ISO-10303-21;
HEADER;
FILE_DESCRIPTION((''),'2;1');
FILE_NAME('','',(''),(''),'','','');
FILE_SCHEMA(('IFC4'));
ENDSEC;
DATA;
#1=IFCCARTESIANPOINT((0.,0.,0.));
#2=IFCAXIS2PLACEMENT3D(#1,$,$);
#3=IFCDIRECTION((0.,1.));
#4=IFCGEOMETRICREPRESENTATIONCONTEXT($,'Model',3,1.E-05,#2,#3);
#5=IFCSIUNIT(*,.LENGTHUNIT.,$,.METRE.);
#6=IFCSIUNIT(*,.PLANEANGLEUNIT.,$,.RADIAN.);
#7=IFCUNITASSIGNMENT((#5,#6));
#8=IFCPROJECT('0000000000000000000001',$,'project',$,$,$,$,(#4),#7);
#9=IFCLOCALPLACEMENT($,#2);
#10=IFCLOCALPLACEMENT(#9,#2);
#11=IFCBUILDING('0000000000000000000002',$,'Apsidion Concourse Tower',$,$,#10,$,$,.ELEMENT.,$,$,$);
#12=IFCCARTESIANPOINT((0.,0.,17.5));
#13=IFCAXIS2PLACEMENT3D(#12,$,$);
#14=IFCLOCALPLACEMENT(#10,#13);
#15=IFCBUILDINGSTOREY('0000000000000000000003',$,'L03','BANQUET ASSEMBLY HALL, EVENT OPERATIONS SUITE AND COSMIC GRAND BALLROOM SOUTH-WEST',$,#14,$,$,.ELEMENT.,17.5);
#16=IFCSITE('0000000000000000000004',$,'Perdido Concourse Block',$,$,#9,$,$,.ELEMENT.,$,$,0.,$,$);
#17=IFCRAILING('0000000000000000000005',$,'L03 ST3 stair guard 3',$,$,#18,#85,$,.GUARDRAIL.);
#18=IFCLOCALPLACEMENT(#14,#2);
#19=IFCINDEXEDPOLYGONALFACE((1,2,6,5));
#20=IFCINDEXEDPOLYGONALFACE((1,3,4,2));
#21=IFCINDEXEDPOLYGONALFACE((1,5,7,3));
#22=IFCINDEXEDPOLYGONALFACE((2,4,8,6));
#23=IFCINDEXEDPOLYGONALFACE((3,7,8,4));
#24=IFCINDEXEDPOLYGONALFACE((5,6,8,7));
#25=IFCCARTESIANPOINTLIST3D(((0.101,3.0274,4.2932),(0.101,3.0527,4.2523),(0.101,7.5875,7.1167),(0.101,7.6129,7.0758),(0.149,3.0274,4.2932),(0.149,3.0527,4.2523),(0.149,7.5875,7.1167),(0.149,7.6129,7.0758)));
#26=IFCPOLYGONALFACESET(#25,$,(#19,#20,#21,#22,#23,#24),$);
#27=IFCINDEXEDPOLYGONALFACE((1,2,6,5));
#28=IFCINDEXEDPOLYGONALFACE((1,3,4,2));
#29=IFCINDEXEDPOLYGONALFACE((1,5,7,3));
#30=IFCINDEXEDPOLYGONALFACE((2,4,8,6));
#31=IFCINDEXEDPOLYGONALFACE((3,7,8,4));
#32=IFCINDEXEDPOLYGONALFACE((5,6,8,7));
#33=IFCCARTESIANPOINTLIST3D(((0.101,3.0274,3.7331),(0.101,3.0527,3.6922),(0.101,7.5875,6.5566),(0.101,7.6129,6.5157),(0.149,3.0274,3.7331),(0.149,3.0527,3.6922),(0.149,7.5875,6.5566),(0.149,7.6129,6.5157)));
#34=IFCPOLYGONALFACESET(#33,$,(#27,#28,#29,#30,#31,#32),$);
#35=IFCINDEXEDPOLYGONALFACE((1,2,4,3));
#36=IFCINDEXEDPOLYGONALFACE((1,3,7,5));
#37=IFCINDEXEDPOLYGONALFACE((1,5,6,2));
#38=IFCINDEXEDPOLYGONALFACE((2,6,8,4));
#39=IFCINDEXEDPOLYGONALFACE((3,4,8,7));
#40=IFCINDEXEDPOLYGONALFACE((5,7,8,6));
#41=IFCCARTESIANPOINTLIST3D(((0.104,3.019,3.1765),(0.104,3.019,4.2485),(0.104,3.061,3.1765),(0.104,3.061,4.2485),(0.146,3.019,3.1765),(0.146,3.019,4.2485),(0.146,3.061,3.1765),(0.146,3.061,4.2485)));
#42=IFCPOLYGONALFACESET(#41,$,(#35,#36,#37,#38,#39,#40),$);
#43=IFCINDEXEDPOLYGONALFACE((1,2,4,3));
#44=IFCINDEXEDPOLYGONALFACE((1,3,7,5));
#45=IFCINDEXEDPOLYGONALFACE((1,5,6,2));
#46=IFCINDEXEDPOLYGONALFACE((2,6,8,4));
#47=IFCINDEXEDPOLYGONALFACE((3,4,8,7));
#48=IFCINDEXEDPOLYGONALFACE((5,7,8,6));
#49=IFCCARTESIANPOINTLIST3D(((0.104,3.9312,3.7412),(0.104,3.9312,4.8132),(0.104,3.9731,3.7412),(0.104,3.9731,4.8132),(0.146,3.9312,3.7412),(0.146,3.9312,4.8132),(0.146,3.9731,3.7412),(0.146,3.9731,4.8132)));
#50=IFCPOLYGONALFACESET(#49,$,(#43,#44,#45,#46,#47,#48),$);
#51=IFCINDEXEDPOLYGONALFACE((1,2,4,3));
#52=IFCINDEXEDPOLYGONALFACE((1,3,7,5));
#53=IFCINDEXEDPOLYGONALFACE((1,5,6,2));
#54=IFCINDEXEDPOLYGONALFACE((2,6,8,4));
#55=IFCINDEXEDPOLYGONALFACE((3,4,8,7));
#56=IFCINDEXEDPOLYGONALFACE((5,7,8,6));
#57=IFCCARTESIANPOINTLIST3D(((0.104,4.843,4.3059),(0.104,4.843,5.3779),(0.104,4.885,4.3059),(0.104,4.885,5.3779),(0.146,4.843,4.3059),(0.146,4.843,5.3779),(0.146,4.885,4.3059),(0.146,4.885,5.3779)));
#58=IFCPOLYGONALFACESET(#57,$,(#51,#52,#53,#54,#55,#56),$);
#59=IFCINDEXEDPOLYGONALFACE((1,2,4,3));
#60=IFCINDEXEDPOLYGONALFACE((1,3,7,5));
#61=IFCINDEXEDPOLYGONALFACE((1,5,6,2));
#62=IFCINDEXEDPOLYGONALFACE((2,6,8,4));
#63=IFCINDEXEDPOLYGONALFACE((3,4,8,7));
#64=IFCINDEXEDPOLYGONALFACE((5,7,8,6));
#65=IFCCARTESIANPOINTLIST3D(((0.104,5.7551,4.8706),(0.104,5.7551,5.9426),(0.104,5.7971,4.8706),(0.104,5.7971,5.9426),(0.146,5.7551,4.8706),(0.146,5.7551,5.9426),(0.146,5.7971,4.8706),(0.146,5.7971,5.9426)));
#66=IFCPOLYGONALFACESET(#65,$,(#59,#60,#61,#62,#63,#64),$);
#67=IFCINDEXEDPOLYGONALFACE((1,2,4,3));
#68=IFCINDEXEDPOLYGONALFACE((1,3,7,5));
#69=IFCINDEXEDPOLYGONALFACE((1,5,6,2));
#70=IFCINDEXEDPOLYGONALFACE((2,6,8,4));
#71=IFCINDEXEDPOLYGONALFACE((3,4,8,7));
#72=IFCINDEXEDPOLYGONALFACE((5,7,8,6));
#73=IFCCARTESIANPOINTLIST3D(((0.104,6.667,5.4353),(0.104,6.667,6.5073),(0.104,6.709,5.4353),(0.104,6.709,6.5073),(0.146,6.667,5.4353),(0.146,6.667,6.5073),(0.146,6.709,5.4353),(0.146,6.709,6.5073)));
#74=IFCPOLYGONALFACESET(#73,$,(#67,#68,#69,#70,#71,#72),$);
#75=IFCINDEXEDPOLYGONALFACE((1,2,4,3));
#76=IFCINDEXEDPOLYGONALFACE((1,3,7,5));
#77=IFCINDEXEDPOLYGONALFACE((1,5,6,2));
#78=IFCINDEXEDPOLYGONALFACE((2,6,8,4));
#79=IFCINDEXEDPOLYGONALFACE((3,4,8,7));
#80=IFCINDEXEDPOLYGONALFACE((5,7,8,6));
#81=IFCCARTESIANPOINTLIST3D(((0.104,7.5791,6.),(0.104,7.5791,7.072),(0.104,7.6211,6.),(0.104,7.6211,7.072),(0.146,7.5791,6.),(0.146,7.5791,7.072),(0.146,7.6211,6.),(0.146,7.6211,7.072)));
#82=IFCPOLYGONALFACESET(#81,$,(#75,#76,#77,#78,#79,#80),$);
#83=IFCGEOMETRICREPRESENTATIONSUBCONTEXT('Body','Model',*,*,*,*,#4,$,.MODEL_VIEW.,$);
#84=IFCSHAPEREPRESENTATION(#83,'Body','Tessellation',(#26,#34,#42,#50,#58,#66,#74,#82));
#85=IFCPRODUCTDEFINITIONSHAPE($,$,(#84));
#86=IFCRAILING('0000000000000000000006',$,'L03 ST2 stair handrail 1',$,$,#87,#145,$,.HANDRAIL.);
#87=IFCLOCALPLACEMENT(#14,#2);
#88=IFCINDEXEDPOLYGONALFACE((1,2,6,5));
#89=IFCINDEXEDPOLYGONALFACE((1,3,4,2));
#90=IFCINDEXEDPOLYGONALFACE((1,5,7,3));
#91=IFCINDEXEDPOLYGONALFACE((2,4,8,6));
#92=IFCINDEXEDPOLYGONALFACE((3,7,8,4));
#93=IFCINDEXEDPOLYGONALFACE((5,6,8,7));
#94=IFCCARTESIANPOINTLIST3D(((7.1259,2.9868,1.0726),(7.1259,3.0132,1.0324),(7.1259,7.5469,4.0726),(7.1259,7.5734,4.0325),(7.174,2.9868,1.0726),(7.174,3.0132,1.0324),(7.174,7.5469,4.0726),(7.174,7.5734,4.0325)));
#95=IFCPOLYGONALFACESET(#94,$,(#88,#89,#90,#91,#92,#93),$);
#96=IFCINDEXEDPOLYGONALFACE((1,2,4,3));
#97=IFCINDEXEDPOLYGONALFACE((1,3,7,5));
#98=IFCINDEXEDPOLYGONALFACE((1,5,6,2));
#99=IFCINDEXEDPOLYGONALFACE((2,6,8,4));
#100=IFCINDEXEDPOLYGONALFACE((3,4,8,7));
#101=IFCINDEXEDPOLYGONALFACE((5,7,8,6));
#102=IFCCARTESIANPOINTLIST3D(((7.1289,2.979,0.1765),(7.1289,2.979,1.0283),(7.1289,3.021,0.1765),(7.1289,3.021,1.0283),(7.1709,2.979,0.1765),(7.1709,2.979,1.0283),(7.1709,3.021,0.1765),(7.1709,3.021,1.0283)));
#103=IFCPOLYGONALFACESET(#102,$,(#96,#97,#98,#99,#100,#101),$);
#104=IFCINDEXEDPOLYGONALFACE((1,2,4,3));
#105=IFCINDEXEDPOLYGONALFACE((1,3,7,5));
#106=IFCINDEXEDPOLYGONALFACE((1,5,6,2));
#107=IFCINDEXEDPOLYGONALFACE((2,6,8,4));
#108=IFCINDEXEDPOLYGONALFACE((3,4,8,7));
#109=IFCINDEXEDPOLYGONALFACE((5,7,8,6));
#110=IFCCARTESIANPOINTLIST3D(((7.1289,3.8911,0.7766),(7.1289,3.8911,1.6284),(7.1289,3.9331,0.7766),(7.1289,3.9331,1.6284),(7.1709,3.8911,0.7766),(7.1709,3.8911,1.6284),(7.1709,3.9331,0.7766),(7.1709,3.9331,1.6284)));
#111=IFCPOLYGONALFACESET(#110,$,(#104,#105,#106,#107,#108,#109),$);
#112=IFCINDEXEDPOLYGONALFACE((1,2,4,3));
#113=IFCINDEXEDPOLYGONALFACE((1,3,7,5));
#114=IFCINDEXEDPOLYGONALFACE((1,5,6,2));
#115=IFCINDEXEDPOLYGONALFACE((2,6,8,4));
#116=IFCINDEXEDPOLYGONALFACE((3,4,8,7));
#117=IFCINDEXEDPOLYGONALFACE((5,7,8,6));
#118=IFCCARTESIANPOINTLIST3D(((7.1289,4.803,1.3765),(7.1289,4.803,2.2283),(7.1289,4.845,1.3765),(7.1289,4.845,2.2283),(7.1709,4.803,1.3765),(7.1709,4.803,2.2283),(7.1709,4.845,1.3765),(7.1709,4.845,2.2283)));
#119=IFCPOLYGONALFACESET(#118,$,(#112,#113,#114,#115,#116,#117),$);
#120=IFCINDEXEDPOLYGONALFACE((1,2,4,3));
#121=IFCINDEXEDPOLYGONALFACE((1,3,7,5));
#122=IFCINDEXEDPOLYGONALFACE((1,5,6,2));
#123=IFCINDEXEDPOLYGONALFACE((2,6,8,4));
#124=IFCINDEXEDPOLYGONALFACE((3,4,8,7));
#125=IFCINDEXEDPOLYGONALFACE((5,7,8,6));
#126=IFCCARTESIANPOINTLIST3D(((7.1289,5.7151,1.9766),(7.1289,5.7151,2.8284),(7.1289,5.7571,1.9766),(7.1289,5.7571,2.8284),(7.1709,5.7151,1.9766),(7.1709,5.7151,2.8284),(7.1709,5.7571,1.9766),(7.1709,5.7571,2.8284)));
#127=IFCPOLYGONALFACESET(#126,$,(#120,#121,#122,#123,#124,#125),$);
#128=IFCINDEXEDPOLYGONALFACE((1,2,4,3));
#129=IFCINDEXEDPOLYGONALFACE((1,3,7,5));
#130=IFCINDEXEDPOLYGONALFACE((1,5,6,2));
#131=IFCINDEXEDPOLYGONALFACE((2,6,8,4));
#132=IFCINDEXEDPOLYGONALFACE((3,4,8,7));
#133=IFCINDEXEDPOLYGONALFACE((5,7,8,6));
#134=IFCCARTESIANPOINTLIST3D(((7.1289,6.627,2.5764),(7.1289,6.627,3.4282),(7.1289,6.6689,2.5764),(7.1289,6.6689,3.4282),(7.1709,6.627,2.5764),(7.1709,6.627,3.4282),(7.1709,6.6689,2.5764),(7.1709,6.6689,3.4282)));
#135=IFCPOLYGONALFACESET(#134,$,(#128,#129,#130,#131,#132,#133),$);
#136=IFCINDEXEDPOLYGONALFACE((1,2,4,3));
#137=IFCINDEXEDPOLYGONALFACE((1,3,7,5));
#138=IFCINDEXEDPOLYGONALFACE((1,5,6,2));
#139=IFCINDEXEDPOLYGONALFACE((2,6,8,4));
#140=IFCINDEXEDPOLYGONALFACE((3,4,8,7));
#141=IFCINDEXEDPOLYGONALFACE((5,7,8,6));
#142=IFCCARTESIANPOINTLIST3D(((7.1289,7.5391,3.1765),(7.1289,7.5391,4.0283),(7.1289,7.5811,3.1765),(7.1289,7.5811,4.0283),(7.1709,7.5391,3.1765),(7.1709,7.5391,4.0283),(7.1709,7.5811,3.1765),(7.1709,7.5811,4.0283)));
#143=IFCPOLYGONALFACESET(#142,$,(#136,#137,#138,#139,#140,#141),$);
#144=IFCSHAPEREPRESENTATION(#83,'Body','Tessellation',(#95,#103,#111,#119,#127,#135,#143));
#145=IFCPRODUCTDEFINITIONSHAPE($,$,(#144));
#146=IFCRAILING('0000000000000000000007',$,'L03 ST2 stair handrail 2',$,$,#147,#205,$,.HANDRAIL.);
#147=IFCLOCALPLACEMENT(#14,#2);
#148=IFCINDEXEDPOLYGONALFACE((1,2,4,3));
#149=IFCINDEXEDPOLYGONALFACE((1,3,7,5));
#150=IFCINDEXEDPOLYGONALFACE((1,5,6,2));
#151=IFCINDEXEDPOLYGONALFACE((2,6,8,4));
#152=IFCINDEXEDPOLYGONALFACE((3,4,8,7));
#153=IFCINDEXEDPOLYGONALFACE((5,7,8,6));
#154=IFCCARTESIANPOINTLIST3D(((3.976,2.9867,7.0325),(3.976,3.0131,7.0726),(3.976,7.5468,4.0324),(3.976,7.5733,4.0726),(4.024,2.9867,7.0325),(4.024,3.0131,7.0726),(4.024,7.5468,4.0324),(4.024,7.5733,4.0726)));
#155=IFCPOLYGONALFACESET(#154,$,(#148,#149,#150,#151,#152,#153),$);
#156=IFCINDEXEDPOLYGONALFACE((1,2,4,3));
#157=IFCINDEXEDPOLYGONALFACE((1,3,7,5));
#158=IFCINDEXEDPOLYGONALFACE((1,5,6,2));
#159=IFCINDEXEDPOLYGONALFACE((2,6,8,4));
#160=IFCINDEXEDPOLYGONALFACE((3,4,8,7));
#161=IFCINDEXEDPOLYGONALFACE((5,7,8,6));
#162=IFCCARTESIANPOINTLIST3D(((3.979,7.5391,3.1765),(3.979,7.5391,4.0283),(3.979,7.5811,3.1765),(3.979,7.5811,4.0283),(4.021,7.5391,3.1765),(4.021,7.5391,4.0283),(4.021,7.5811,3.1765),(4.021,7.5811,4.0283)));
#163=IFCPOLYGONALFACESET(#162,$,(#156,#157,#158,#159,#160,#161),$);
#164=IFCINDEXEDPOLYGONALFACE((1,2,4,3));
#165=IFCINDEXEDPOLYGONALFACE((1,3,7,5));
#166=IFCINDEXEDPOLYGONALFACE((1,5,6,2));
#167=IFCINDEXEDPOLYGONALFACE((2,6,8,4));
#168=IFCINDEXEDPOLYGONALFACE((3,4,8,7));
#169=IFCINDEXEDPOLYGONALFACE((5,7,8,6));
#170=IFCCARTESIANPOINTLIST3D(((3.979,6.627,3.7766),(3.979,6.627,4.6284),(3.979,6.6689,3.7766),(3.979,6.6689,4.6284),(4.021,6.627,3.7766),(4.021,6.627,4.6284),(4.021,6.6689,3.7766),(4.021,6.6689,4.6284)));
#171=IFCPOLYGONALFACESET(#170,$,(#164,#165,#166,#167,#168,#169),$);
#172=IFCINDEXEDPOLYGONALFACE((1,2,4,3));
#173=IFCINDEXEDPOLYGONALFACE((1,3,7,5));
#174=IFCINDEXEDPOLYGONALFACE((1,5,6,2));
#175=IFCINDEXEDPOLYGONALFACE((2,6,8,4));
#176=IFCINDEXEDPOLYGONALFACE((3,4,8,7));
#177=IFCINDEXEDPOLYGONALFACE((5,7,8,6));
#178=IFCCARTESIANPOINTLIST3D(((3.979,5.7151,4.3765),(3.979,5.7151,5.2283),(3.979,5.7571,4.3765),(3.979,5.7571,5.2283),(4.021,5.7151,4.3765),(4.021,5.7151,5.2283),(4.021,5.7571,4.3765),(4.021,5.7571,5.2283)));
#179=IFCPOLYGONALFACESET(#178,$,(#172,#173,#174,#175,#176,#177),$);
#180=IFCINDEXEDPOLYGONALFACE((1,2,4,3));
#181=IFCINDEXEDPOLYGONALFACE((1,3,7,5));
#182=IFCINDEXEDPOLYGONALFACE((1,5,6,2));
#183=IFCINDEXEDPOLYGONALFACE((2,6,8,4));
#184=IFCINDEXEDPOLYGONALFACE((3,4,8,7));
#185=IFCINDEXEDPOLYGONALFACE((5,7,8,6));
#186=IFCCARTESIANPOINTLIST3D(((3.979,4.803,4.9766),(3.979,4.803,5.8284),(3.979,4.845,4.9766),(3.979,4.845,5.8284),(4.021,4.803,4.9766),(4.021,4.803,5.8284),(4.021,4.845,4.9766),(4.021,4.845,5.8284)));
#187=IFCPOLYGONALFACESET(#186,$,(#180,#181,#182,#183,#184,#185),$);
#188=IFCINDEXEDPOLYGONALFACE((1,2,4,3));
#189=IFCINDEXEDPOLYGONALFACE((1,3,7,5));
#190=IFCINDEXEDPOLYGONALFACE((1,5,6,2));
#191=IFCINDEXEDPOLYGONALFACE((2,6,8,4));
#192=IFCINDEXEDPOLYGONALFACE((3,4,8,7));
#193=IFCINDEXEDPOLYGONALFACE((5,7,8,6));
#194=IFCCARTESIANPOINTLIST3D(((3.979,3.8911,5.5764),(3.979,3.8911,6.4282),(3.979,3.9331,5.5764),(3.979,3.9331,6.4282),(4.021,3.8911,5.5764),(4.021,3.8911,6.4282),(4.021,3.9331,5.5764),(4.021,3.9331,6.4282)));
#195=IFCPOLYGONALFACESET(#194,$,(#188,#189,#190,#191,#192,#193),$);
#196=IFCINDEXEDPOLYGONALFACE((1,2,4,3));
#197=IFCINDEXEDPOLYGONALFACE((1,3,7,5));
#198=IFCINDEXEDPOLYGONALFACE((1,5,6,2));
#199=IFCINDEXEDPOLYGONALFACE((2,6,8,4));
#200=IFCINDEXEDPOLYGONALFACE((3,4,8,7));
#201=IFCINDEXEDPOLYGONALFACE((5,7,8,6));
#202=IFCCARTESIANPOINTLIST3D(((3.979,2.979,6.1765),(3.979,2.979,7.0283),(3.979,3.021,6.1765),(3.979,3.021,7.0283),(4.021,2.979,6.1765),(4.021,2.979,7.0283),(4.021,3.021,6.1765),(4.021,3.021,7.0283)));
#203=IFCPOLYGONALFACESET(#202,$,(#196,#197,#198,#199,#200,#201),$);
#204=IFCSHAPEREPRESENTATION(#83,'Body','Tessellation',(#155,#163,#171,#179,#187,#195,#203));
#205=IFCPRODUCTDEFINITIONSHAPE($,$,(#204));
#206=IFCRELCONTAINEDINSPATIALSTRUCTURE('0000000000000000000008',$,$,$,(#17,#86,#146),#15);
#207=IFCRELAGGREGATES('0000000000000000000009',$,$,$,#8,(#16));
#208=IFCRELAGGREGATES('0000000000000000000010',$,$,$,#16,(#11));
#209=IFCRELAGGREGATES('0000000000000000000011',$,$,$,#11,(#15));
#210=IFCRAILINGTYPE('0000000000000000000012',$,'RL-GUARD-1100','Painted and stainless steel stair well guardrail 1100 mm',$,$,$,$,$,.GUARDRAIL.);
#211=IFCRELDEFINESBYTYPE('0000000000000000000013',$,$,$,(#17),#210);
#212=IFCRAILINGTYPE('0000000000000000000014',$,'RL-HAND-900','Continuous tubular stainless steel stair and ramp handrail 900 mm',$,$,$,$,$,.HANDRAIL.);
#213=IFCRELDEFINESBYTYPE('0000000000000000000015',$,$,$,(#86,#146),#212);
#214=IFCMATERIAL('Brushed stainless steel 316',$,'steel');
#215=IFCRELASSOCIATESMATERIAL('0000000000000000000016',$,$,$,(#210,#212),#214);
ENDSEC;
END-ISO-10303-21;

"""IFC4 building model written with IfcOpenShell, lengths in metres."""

from ifc_helpers import new_model, si_unit, direction, frame, origin, origin_2d, place, context, subcontext, project, spatial, rectangle, extrude, material, type_object, element, save


model = new_model("IFC4")

# Units and contexts
model_context = context("Model", 3, precision=1e-05, world=origin(), true_north=direction((0.0, 1.0)))
body_context = subcontext(model_context, "Body", "Model", "MODEL_VIEW")
ifc_project = project(units=[si_unit("LENGTHUNIT", "METRE"), si_unit("PLANEANGLEUNIT", "RADIAN")], contexts=[model_context])

# Site, building, storey
site_placement = place(None, origin())
site = spatial("IfcSite", under=ifc_project, at=site_placement, Name="Perdido Concourse Block", CompositionType="ELEMENT", RefElevation=0.0)
building_placement = place(site_placement, origin())
building = spatial("IfcBuilding", under=site, at=building_placement, Name="Apsidion Concourse Tower", CompositionType="ELEMENT")
storey_placement = place(building_placement, frame((0.0, 0.0, 17.5)))
storey = spatial("IfcBuildingStorey", under=building, at=storey_placement, Name="L03", Description="BANQUET ASSEMBLY HALL, EVENT OPERATIONS SUITE AND COSMIC GRAND BALLROOM SOUTH-WEST", CompositionType="ELEMENT", Elevation=17.5)

# Shared definitions
ifc_material_1 = material(Name="Brushed stainless steel 316", Category="steel")

# Railings
railing_type_1 = type_object("IfcRailingType", Name="RL-GUARD-1100", Description="Painted and stainless steel stair well guardrail 1100 mm", PredefinedType="GUARDRAIL", material=ifc_material_1)
railing_1_placement = place(storey_placement, frame((0.125, 3.04, 3.1765)))
element("IfcRailing", 1, at=railing_1_placement, inside=storey, type_object=railing_type_1, Name="L03 ST3 stair guard 3", PredefinedType="GUARDRAIL", context=body_context, shape_type="SweptSolid", body=[
    extrude(rectangle(XDim=0.0481, YDim=0.0481, at=origin_2d()), frame((0.0, 0.0, 1.0962), z_axis=(0.0, 0.850216, 0.526435), x_axis=(-1.0, 0.0, 0.0)), (0.0, 0.0, 1.0), 5.3635),
    extrude(rectangle(XDim=0.0481, YDim=0.0481, at=origin_2d()), frame((0.0, 0.0, 0.5361), z_axis=(0.0, 0.850216, 0.526435), x_axis=(-1.0, 0.0, 0.0)), (0.0, 0.0, 1.0), 5.3635),
    extrude(rectangle(XDim=0.042, YDim=0.042, at=origin_2d()), origin(), (0.0, 0.0, 1.0), 1.072),
    extrude(rectangle(XDim=0.042, YDim=0.042, at=origin_2d()), frame((0.0, 0.9121, 0.5647)), (0.0, 0.0, 1.0), 1.072),
    extrude(rectangle(XDim=0.042, YDim=0.042, at=origin_2d()), frame((0.0, 1.824, 1.1294)), (0.0, 0.0, 1.0), 1.072),
    extrude(rectangle(XDim=0.042, YDim=0.042, at=origin_2d()), frame((0.0, 2.7361, 1.6941)), (0.0, 0.0, 1.0), 1.072),
    extrude(rectangle(XDim=0.042, YDim=0.042, at=origin_2d()), frame((0.0, 3.6479, 2.2588)), (0.0, 0.0, 1.0), 1.072),
    extrude(rectangle(XDim=0.042, YDim=0.042, at=origin_2d()), frame((0.0, 4.5601, 2.8235)), (0.0, 0.0, 1.0), 1.072),
])
railing_type_2 = type_object("IfcRailingType", Name="RL-HAND-900", Description="Continuous tubular stainless steel stair and ramp handrail 900 mm", PredefinedType="HANDRAIL", material=ifc_material_1)
railing_2_placement = place(storey_placement, frame((7.1499, 3.0, 0.1765)))
element("IfcRailing", 2, at=railing_2_placement, inside=storey, type_object=railing_type_2, Name="L03 ST2 stair handrail 1", PredefinedType="HANDRAIL", context=body_context, shape_type="SweptSolid", body=[
    extrude(rectangle(XDim=0.0481, YDim=0.0481, at=origin_2d()), frame((0.0, 0.0, 0.876), z_axis=(0.0, 0.83542, 0.549612), x_axis=(-1.0, 0.0, 0.0)), (0.0, 0.0, 1.0), 5.4585),
    extrude(rectangle(XDim=0.042, YDim=0.042, at=origin_2d()), origin(), (0.0, 0.0, 1.0), 0.8518),
    extrude(rectangle(XDim=0.042, YDim=0.042, at=origin_2d()), frame((0.0, 0.9121, 0.6001)), (0.0, 0.0, 1.0), 0.8518),
    extrude(rectangle(XDim=0.042, YDim=0.042, at=origin_2d()), frame((0.0, 1.824, 1.2)), (0.0, 0.0, 1.0), 0.8518),
    extrude(rectangle(XDim=0.042, YDim=0.042, at=origin_2d()), frame((0.0, 2.7361, 1.8)), (0.0, 0.0, 1.0), 0.8518),
    extrude(rectangle(XDim=0.042, YDim=0.042, at=origin_2d()), frame((0.0, 3.6479, 2.3999)), (0.0, 0.0, 1.0), 0.8518),
    extrude(rectangle(XDim=0.042, YDim=0.042, at=origin_2d()), frame((0.0, 4.5601, 3.0)), (0.0, 0.0, 1.0), 0.8518),
])
railing_3_placement = place(storey_placement, frame((4.0, 7.5601, 3.1765)))
element("IfcRailing", 3, at=railing_3_placement, inside=storey, type_object=railing_type_2, Name="L03 ST2 stair handrail 2", PredefinedType="HANDRAIL", context=body_context, shape_type="SweptSolid", body=[
    extrude(rectangle(XDim=0.0481, YDim=0.0481, at=origin_2d()), frame((0.0, 0.0, 0.876), z_axis=(0.0, -0.83542, 0.549612), x_axis=(1.0, 0.0, 0.0)), (0.0, 0.0, 1.0), 5.4585),
    extrude(rectangle(XDim=0.042, YDim=0.042, at=origin_2d()), origin(), (0.0, 0.0, 1.0), 0.8518),
    extrude(rectangle(XDim=0.042, YDim=0.042, at=origin_2d()), frame((0.0, -0.9121, 0.6001)), (0.0, 0.0, 1.0), 0.8518),
    extrude(rectangle(XDim=0.042, YDim=0.042, at=origin_2d()), frame((0.0, -1.824, 1.2)), (0.0, 0.0, 1.0), 0.8518),
    extrude(rectangle(XDim=0.042, YDim=0.042, at=origin_2d()), frame((0.0, -2.7361, 1.8)), (0.0, 0.0, 1.0), 0.8518),
    extrude(rectangle(XDim=0.042, YDim=0.042, at=origin_2d()), frame((0.0, -3.6479, 2.3999)), (0.0, 0.0, 1.0), 0.8518),
    extrude(rectangle(XDim=0.042, YDim=0.042, at=origin_2d()), frame((0.0, -4.5601, 3.0)), (0.0, 0.0, 1.0), 0.8518),
])

save(model, "model.ifc")
